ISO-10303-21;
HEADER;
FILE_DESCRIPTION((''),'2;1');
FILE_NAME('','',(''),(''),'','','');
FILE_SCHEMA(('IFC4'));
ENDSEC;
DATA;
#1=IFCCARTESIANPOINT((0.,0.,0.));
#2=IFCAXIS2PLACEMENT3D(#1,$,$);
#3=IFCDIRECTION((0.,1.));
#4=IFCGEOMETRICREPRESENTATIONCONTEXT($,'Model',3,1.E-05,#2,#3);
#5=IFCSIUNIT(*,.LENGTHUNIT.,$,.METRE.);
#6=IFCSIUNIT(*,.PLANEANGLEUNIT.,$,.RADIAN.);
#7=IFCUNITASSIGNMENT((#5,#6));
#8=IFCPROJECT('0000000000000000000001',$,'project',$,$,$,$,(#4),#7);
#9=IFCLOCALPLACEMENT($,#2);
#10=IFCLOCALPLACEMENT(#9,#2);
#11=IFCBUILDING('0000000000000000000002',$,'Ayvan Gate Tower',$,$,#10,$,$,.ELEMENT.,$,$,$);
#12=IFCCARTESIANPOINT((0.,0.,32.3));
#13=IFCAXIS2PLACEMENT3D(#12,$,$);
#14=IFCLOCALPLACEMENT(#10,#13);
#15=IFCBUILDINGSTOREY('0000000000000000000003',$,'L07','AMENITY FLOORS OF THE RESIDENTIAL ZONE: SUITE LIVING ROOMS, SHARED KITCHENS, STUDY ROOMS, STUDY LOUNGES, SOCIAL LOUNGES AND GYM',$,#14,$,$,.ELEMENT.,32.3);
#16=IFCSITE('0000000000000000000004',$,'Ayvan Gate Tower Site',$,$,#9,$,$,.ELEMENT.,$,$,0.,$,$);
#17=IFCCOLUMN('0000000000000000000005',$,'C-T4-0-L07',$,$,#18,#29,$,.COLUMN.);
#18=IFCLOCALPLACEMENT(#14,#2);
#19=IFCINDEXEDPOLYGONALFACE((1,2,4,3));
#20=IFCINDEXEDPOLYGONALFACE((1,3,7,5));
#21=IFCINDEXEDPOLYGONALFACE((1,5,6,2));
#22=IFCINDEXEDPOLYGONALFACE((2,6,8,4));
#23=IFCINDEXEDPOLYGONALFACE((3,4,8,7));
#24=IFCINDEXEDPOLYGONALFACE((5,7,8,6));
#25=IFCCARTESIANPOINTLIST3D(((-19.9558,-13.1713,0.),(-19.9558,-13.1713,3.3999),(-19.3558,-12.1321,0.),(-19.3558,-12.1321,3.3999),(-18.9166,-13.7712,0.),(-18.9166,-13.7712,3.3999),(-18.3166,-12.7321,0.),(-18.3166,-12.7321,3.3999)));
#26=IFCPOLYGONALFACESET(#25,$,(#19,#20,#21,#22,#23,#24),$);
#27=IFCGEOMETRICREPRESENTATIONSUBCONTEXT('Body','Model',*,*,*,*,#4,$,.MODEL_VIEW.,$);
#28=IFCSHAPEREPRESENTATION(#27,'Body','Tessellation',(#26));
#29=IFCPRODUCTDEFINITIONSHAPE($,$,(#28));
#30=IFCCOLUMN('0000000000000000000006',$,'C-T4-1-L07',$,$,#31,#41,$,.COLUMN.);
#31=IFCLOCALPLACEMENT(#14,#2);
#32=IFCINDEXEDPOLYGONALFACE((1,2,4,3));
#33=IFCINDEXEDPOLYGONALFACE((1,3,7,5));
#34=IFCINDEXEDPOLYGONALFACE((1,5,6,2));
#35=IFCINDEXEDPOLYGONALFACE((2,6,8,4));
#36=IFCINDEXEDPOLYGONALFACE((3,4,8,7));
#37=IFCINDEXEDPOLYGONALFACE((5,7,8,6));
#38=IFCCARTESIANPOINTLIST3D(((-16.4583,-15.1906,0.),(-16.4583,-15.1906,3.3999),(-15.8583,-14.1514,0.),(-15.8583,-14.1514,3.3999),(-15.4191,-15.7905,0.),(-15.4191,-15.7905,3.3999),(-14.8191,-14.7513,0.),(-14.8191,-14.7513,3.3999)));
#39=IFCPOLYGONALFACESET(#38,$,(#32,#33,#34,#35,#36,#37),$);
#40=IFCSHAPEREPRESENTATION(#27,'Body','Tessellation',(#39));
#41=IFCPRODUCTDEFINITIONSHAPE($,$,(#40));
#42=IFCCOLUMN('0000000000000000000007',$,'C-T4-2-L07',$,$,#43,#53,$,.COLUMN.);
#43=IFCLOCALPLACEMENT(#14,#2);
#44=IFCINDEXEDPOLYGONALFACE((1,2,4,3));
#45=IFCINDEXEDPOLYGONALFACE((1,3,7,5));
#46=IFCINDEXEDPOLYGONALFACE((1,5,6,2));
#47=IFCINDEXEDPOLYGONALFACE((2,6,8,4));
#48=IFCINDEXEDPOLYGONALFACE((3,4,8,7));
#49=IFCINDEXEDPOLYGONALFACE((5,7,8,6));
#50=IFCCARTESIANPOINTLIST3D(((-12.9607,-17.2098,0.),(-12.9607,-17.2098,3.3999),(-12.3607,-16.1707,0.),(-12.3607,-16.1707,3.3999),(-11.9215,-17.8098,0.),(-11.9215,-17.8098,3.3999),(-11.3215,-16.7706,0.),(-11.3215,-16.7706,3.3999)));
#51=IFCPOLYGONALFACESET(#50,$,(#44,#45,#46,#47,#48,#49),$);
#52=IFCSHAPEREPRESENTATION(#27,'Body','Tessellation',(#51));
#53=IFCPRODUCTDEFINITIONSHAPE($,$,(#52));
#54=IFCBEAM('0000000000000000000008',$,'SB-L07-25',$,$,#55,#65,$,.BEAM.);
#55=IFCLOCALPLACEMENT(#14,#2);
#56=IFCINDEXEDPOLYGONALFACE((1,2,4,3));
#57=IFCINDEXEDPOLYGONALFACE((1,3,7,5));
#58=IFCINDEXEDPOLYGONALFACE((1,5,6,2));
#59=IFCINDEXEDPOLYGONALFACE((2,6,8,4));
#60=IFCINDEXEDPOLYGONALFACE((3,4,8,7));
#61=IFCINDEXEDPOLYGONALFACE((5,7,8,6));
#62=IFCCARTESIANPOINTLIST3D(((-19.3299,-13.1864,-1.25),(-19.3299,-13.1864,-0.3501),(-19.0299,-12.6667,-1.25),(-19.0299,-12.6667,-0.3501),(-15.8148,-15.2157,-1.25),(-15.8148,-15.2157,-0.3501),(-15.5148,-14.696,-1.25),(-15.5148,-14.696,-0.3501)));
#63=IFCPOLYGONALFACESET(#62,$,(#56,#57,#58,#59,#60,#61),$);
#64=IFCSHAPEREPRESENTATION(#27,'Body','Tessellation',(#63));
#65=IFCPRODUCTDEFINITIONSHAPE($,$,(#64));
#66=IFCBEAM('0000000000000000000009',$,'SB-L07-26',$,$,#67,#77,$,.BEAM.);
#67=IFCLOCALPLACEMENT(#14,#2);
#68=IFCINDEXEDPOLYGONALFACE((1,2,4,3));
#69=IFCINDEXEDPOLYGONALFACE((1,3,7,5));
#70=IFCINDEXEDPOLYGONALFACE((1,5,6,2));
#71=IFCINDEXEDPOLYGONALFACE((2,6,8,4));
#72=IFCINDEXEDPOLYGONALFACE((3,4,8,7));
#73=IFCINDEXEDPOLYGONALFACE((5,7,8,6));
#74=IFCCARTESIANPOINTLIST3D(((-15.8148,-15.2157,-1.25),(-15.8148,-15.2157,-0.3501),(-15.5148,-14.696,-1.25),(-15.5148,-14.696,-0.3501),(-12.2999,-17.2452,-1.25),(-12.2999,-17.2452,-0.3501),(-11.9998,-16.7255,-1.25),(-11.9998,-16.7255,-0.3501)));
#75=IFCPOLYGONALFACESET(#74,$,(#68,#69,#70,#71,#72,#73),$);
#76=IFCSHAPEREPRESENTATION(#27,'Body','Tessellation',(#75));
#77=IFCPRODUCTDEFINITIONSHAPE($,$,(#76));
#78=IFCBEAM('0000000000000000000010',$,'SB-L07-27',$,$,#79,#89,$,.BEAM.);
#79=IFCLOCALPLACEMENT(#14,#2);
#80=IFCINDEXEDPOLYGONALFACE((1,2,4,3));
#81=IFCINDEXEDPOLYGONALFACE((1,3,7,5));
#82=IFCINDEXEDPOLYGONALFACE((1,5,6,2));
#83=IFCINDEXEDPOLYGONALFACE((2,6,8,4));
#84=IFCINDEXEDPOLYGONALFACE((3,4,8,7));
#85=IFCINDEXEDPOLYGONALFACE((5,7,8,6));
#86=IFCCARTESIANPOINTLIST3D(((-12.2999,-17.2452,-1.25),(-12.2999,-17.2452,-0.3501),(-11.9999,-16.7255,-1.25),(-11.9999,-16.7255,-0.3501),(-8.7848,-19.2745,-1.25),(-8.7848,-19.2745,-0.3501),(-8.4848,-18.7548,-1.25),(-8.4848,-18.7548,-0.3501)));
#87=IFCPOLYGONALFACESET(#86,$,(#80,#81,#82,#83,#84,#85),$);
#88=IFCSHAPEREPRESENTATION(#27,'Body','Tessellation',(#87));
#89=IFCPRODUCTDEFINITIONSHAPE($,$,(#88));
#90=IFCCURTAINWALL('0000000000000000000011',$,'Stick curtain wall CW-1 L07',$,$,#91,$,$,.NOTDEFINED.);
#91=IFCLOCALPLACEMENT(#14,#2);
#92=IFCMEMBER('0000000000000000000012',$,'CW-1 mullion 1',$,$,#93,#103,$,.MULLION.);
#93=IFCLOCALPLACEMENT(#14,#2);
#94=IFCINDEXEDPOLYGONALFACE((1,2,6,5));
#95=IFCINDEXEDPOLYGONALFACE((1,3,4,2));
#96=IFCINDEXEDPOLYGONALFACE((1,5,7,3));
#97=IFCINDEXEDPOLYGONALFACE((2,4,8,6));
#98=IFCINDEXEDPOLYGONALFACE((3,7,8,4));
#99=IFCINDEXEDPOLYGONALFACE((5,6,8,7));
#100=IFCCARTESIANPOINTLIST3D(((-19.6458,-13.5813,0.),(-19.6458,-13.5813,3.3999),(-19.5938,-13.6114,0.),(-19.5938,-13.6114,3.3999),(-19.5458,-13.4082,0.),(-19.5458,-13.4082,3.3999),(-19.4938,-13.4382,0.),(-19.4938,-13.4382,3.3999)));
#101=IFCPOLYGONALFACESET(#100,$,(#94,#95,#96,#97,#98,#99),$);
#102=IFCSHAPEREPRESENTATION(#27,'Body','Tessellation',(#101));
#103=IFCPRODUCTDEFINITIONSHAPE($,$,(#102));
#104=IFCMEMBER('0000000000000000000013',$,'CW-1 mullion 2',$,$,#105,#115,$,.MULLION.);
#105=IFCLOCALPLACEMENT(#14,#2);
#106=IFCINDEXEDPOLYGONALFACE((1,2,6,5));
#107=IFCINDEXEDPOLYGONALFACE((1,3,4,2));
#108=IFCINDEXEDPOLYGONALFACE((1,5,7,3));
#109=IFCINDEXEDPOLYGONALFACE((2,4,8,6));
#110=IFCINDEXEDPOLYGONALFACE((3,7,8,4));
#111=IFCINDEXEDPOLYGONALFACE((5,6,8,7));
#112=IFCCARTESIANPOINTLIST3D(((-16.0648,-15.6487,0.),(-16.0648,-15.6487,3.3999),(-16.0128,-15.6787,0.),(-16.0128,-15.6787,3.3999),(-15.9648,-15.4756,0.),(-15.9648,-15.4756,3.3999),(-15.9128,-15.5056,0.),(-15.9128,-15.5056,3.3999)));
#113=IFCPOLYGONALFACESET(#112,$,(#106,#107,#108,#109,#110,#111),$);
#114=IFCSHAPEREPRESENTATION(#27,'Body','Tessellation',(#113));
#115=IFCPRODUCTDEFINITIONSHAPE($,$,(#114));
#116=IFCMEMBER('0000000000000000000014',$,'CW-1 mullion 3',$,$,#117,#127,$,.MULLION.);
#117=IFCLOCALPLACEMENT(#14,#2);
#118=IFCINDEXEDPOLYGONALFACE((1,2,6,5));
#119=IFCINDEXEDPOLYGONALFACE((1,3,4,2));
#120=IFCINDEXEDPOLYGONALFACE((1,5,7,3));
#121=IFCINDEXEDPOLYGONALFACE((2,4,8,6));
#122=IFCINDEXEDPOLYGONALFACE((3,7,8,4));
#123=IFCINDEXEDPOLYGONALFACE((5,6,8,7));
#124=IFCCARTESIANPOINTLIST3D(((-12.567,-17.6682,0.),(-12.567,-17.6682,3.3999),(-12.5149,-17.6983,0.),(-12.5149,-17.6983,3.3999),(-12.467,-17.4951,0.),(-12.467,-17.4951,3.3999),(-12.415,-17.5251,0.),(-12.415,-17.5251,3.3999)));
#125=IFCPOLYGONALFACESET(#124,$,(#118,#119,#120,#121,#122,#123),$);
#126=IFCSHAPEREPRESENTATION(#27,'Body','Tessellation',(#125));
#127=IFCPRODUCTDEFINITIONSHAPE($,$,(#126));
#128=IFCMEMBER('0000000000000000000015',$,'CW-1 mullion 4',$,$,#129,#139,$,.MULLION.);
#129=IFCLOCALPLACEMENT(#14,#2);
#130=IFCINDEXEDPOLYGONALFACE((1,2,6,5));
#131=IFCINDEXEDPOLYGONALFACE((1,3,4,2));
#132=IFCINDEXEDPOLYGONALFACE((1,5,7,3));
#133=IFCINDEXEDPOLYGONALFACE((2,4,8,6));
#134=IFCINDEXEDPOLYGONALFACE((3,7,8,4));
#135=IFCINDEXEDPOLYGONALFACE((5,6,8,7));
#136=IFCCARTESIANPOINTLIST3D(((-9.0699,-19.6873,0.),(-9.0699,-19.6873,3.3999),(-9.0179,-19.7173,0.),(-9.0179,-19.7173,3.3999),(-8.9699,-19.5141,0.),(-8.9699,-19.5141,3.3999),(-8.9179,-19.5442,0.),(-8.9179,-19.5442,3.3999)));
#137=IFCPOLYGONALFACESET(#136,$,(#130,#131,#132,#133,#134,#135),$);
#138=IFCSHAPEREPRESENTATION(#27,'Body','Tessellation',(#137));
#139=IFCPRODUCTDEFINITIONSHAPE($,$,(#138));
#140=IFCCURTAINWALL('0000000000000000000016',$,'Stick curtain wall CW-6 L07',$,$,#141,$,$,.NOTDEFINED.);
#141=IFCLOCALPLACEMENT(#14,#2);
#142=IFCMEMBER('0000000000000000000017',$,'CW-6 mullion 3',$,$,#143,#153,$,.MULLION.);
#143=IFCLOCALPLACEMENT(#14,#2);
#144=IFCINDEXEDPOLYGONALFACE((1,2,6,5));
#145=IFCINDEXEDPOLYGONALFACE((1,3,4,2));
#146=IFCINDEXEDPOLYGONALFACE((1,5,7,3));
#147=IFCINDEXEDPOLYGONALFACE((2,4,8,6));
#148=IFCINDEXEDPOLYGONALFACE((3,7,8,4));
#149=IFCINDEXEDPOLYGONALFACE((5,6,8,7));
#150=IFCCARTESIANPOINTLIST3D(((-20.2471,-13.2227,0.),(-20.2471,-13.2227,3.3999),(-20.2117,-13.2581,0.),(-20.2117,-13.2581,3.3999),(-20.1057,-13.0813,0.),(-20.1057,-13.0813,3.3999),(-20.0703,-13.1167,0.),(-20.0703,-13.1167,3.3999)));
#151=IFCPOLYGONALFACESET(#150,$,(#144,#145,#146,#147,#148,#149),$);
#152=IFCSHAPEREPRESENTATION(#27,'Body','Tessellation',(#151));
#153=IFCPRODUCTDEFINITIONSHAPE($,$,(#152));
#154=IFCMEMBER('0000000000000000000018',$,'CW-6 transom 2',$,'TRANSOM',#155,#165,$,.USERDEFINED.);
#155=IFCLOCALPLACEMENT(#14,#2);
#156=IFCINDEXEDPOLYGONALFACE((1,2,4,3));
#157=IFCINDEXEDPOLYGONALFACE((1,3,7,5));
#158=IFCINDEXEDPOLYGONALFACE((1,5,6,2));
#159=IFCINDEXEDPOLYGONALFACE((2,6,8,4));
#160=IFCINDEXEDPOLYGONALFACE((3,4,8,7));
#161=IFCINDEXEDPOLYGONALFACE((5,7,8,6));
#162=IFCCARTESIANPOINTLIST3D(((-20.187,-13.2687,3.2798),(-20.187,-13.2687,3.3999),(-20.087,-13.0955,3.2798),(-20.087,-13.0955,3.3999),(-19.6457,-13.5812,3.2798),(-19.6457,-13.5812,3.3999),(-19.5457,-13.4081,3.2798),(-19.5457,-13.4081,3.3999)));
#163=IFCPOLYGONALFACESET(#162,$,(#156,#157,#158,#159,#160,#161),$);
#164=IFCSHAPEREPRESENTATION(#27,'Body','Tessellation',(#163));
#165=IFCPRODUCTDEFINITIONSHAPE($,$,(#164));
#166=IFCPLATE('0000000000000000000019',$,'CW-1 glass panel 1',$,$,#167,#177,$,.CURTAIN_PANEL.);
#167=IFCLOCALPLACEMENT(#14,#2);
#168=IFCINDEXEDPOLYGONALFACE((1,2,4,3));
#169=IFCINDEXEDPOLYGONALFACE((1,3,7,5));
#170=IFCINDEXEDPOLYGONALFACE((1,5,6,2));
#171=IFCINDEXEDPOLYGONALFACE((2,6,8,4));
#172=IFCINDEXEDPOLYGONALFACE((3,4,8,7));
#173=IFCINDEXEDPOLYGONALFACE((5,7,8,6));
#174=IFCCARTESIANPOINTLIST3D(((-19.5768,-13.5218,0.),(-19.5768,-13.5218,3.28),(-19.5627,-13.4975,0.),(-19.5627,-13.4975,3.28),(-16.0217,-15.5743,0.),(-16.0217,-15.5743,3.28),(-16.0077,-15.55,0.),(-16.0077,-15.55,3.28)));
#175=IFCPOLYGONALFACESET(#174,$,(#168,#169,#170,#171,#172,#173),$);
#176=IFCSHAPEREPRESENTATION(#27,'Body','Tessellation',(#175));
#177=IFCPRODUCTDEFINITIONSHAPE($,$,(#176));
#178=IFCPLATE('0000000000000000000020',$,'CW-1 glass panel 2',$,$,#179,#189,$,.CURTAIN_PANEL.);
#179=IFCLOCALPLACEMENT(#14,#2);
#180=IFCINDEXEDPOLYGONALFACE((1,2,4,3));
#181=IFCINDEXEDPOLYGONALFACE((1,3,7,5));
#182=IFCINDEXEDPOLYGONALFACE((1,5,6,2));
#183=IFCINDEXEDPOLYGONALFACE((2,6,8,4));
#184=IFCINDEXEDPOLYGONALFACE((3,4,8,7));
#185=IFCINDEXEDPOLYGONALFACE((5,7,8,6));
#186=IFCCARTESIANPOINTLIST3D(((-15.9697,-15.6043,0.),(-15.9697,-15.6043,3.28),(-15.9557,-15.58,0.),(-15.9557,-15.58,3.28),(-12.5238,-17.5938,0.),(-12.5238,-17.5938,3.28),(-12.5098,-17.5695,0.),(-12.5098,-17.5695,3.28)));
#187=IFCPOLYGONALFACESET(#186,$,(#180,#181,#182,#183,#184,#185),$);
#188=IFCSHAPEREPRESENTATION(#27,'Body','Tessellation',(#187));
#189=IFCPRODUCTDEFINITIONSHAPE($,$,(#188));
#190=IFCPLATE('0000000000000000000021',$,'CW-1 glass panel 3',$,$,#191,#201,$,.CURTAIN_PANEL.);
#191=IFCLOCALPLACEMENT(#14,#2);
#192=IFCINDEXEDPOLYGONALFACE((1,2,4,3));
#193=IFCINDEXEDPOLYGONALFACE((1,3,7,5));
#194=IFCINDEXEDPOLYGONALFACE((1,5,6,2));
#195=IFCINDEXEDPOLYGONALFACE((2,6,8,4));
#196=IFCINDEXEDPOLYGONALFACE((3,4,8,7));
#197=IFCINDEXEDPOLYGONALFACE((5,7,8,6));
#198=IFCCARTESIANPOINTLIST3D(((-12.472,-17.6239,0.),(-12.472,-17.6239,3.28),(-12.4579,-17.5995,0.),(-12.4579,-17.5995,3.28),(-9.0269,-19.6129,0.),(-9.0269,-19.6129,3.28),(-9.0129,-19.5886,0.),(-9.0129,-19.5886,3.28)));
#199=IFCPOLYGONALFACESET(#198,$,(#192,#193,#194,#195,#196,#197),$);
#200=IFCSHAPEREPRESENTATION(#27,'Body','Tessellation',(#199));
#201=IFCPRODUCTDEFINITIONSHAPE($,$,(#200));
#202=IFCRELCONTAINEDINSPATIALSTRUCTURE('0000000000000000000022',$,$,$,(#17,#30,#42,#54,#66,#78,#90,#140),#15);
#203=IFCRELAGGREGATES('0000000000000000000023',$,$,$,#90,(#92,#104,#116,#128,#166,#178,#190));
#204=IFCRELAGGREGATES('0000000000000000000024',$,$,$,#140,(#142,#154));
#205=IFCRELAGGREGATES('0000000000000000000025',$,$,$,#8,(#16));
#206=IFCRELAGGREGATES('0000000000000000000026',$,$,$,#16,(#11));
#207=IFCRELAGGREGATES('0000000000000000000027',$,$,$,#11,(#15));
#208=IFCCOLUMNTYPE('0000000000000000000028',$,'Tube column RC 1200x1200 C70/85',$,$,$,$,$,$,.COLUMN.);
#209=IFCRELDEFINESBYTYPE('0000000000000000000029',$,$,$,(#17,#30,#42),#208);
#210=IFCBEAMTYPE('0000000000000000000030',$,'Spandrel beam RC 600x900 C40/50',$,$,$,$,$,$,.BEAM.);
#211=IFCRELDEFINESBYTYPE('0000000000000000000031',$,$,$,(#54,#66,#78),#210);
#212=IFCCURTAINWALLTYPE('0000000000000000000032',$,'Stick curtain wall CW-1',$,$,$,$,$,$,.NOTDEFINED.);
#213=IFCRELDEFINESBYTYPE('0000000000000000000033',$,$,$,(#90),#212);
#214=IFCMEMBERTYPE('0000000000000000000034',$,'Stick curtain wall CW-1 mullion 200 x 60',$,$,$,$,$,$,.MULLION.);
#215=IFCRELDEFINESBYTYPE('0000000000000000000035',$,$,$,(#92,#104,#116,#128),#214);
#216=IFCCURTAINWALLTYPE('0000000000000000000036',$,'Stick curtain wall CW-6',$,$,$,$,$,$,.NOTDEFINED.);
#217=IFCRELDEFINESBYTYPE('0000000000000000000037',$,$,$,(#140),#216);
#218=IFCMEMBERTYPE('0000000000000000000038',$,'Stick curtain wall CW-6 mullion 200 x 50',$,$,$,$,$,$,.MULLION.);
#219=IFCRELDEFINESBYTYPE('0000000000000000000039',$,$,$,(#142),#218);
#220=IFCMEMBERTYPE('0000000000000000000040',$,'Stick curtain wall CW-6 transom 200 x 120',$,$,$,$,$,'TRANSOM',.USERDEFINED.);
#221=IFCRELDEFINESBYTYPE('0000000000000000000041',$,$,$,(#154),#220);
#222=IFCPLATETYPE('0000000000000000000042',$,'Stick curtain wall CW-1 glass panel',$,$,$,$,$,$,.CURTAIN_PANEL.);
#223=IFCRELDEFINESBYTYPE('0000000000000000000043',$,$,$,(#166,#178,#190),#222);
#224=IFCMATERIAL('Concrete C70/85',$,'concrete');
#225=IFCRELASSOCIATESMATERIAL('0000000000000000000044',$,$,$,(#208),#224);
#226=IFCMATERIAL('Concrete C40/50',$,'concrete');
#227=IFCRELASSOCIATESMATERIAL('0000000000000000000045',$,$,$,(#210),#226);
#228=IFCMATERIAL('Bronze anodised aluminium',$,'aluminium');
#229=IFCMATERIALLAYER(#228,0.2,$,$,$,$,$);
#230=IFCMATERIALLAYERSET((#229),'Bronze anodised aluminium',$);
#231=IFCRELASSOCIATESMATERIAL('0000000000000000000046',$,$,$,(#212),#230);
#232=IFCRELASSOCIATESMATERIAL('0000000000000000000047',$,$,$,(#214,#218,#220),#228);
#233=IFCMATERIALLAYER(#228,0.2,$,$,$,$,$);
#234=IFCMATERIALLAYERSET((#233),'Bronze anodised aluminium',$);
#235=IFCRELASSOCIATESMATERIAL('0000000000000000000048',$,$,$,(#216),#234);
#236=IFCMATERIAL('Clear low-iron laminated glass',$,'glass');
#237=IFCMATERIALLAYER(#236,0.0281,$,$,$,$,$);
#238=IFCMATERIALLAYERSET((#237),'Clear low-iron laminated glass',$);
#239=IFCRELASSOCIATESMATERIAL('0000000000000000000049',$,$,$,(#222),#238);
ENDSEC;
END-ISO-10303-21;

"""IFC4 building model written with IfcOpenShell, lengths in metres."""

from ifc_helpers import new_model, si_unit, direction, frame, origin, origin_2d, place, context, subcontext, project, spatial, rectangle, extrude, material, layer, layer_set, material_profile, profile_set, type_object, element, aggregate, save


model = new_model("IFC4")

# Units and contexts
model_context = context("Model", 3, precision=1e-05, world=origin(), true_north=direction((0.0, 1.0)))
body_context = subcontext(model_context, "Body", "Model", "MODEL_VIEW")
ifc_project = project(units=[si_unit("LENGTHUNIT", "METRE"), si_unit("PLANEANGLEUNIT", "RADIAN")], contexts=[model_context])

# Site, building, storey
site_placement = place(None, origin())
site = spatial("IfcSite", under=ifc_project, at=site_placement, Name="Ayvan Gate Tower Site", CompositionType="ELEMENT", RefElevation=0.0)
building_placement = place(site_placement, origin())
building = spatial("IfcBuilding", under=site, at=building_placement, Name="Ayvan Gate Tower", CompositionType="ELEMENT")
storey_placement = place(building_placement, frame((0.0, 0.0, 32.3)))
storey = spatial("IfcBuildingStorey", under=building, at=storey_placement, Name="L07", Description="AMENITY FLOORS OF THE RESIDENTIAL ZONE: SUITE LIVING ROOMS, SHARED KITCHENS, STUDY ROOMS, STUDY LOUNGES, SOCIAL LOUNGES AND GYM", CompositionType="ELEMENT", Elevation=32.3)

# Columns
ifc_material_1 = material(Name="Concrete C70/85", Category="concrete")
ifc_material_profile_1 = material_profile(ifc_material_1, rectangle(XDim=1.2, YDim=1.2, at=origin_2d()), Name="RC 1200x1200")
ifc_profile_set_1 = profile_set([ifc_material_profile_1], Name="Concrete C70/85")
column_type = type_object("IfcColumnType", Name="Tube column RC 1200x1200 C70/85", PredefinedType="COLUMN", material=ifc_profile_set_1)
for number, where, z_axis, x_axis, name in (
    (1, (-19.1362, -12.9517, 0.0), (0.0, 0.0, 1.0), (-0.5, -0.866025, 0.0), "C-T4-0-L07"),
    (2, (-15.6387, -14.9709, 0.0), (0.0, 0.0, 1.0), (-0.5, -0.866025, 0.0), "C-T4-1-L07"),
    (3, (-12.1411, -16.9902, 0.0), (0.0, 0.0, 1.0), (-0.5, -0.866025, 0.0), "C-T4-2-L07"),
):
    element("IfcColumn", number, at=place(storey_placement, frame(where, z_axis=z_axis, x_axis=x_axis)), inside=storey, type_object=column_type, Name=name, PredefinedType="COLUMN", context=body_context, shape_type="SweptSolid", body=[
        extrude(rectangle(XDim=1.2, YDim=1.2, at=origin_2d()), origin(), (0.0, 0.0, 1.0), 3.3999),
    ])

# Beams
ifc_material_2 = material(Name="Concrete C40/50", Category="concrete")
ifc_material_profile_2 = material_profile(ifc_material_2, rectangle(XDim=0.6001, YDim=0.8999, at=origin_2d()), Name="RC 600x900")
ifc_profile_set_2 = profile_set([ifc_material_profile_2], Name="Concrete C40/50")
beam_type = type_object("IfcBeamType", Name="Spandrel beam RC 600x900 C40/50", PredefinedType="BEAM", material=ifc_profile_set_2)
for number, where, z_axis, x_axis, name in (
    (4, (-19.1799, -12.9265, -0.8), (0.866043, -0.499969, 0.0), (0.499969, 0.866043, 0.0), "SB-L07-25"),
    (5, (-15.6648, -14.9558, -0.8), (0.866002, -0.50004, 0.0), (0.50004, 0.866002, 0.0), "SB-L07-26"),
    (6, (-12.1499, -16.9854, -0.8), (0.866043, -0.499969, 0.0), (0.499969, 0.866043, 0.0), "SB-L07-27"),
):
    element("IfcBeam", number, at=place(storey_placement, frame(where, z_axis=z_axis, x_axis=x_axis)), inside=storey, type_object=beam_type, Name=name, PredefinedType="BEAM", context=body_context, shape_type="SweptSolid", body=[
        extrude(rectangle(XDim=0.6001, YDim=0.8999, at=origin_2d()), origin(), (0.0, 0.0, 1.0), 4.0588),
    ])

# Curtain walls, members
ifc_material_3 = material(Name="Bronze anodised aluminium", Category="aluminium")
ifc_layer_1 = layer(ifc_material_3, 0.2)
ifc_layer_set_1 = layer_set([ifc_layer_1], Name="Bronze anodised aluminium")
curtain_wall_type_1 = type_object("IfcCurtainWallType", Name="Stick curtain wall CW-1", PredefinedType="NOTDEFINED", material=ifc_layer_set_1)
curtain_wall_1_placement = place(storey_placement, origin())
curtain_wall_1 = element("IfcCurtainWall", 7, at=curtain_wall_1_placement, inside=storey, type_object=curtain_wall_type_1, Name="Stick curtain wall CW-1 L07", PredefinedType="NOTDEFINED")
ifc_material_profile_3 = material_profile(ifc_material_3, rectangle(XDim=0.2, YDim=0.0601, at=origin_2d()), Name="Stick curtain wall CW-1 mullion 200 x 60")
ifc_profile_set_3 = profile_set([ifc_material_profile_3], Name="Bronze anodised aluminium")
member_type_1 = type_object("IfcMemberType", Name="Stick curtain wall CW-1 mullion 200 x 60", PredefinedType="MULLION", material=ifc_profile_set_3)
member_1_placement = place(storey_placement, frame((-19.5698, -13.5098, 0.0), z_axis=(0.0, 0.0, 1.0), x_axis=(-0.5, -0.866025, 0.0)))
member_1 = element("IfcMember", 8, at=member_1_placement, type_object=member_type_1, Name="CW-1 mullion 1", PredefinedType="MULLION", context=body_context, shape_type="SweptSolid", body=[
    extrude(rectangle(XDim=0.2, YDim=0.0601, at=origin_2d()), origin(), (0.0, 0.0, 1.0), 3.3999),
])
member_2_placement = place(storey_placement, frame((-15.9888, -15.5771, 0.0), z_axis=(0.0, 0.0, 1.0), x_axis=(-0.5, -0.866025, 0.0)))
member_2 = element("IfcMember", 9, at=member_2_placement, type_object=member_type_1, Name="CW-1 mullion 2", PredefinedType="MULLION", context=body_context, shape_type="SweptSolid", body=[
    extrude(rectangle(XDim=0.2, YDim=0.0601, at=origin_2d()), origin(), (0.0, 0.0, 1.0), 3.3999),
])
member_3_placement = place(storey_placement, frame((-12.491, -17.5967, 0.0), z_axis=(0.0, 0.0, 1.0), x_axis=(-0.5, -0.866025, 0.0)))
member_3 = element("IfcMember", 10, at=member_3_placement, type_object=member_type_1, Name="CW-1 mullion 3", PredefinedType="MULLION", context=body_context, shape_type="SweptSolid", body=[
    extrude(rectangle(XDim=0.2, YDim=0.0601, at=origin_2d()), origin(), (0.0, 0.0, 1.0), 3.3999),
])
member_4_placement = place(storey_placement, frame((-8.9939, -19.6157, 0.0), z_axis=(0.0, 0.0, 1.0), x_axis=(-0.5, -0.866025, 0.0)))
member_4 = element("IfcMember", 11, at=member_4_placement, type_object=member_type_1, Name="CW-1 mullion 4", PredefinedType="MULLION", context=body_context, shape_type="SweptSolid", body=[
    extrude(rectangle(XDim=0.2, YDim=0.0601, at=origin_2d()), origin(), (0.0, 0.0, 1.0), 3.3999),
])
ifc_layer_2 = layer(ifc_material_3, 0.2)
ifc_layer_set_2 = layer_set([ifc_layer_2], Name="Bronze anodised aluminium")
curtain_wall_type_2 = type_object("IfcCurtainWallType", Name="Stick curtain wall CW-6", PredefinedType="NOTDEFINED", material=ifc_layer_set_2)
curtain_wall_2_placement = place(storey_placement, origin())
curtain_wall_2 = element("IfcCurtainWall", 12, at=curtain_wall_2_placement, inside=storey, type_object=curtain_wall_type_2, Name="Stick curtain wall CW-6 L07", PredefinedType="NOTDEFINED")
ifc_material_profile_4 = material_profile(ifc_material_3, rectangle(XDim=0.2, YDim=0.05, at=origin_2d()), Name="Stick curtain wall CW-6 mullion 200 x 50")
ifc_profile_set_4 = profile_set([ifc_material_profile_4], Name="Bronze anodised aluminium")
member_type_2 = type_object("IfcMemberType", Name="Stick curtain wall CW-6 mullion 200 x 50", PredefinedType="MULLION", material=ifc_profile_set_4)
member_5_placement = place(storey_placement, frame((-20.1587, -13.1697, 0.0), z_axis=(0.0, 0.0, 1.0), x_axis=(-0.707107, -0.707107, 0.0)))
member_5 = element("IfcMember", 13, at=member_5_placement, type_object=member_type_2, Name="CW-6 mullion 3", PredefinedType="MULLION", context=body_context, shape_type="SweptSolid", body=[
    extrude(rectangle(XDim=0.2, YDim=0.05, at=origin_2d()), origin(), (0.0, 0.0, 1.0), 3.3999),
])
ifc_material_profile_5 = material_profile(ifc_material_3, rectangle(XDim=0.2, YDim=0.1201, at=origin_2d()), Name="Stick curtain wall CW-6 transom 200 x 120")
ifc_profile_set_5 = profile_set([ifc_material_profile_5], Name="Bronze anodised aluminium")
member_type_3 = type_object("IfcMemberType", Name="Stick curtain wall CW-6 transom 200 x 120", ElementType="TRANSOM", PredefinedType="USERDEFINED", material=ifc_profile_set_5)
member_6_placement = place(storey_placement, frame((-20.137, -13.1821, 3.3398), z_axis=(0.866023, -0.500004, 0.0), x_axis=(0.500004, 0.866023, 0.0)))
member_6 = element("IfcMember", 14, at=member_6_placement, type_object=member_type_3, Name="CW-6 transom 2", ObjectType="TRANSOM", PredefinedType="USERDEFINED", context=body_context, shape_type="SweptSolid", body=[
    extrude(rectangle(XDim=0.2, YDim=0.1201, at=origin_2d()), origin(), (0.0, 0.0, 1.0), 0.625),
])

# Plates
ifc_material_4 = material(Name="Clear low-iron laminated glass", Category="glass")
ifc_layer_3 = layer(ifc_material_4, 0.0281)
ifc_layer_set_3 = layer_set([ifc_layer_3], Name="Clear low-iron laminated glass")
plate_type_1 = type_object("IfcPlateType", Name="Stick curtain wall CW-1 glass panel", PredefinedType="CURTAIN_PANEL", material=ifc_layer_set_3)
plate_1_placement = place(storey_placement, frame((-17.7922, -14.5359, 0.0), z_axis=(0.0, 0.0, 1.0), x_axis=(0.866025, -0.5, 0.0)))
plate_1 = element("IfcPlate", 15, at=plate_1_placement, type_object=plate_type_1, Name="CW-1 glass panel 1", PredefinedType="CURTAIN_PANEL", context=body_context, shape_type="SweptSolid", body=[
    extrude(rectangle(XDim=4.105, YDim=0.0281, at=origin_2d()), origin(), (0.0, 0.0, 1.0), 3.28),
])
plate_2_placement = place(storey_placement, frame((-14.2397, -16.5869, 0.0), z_axis=(0.0, 0.0, 1.0), x_axis=(0.866025, -0.5, 0.0)))
plate_2 = element("IfcPlate", 16, at=plate_2_placement, type_object=plate_type_1, Name="CW-1 glass panel 2", PredefinedType="CURTAIN_PANEL", context=body_context, shape_type="SweptSolid", body=[
    extrude(rectangle(XDim=3.979, YDim=0.0281, at=origin_2d()), origin(), (0.0, 0.0, 1.0), 3.28),
])
plate_3_placement = place(storey_placement, frame((-10.7424, -18.6062, 0.0), z_axis=(0.0, 0.0, 1.0), x_axis=(0.866025, -0.5, 0.0)))
plate_3 = element("IfcPlate", 17, at=plate_3_placement, type_object=plate_type_1, Name="CW-1 glass panel 3", PredefinedType="CURTAIN_PANEL", context=body_context, shape_type="SweptSolid", body=[
    extrude(rectangle(XDim=3.978, YDim=0.0281, at=origin_2d()), origin(), (0.0, 0.0, 1.0), 3.28),
])
aggregate(curtain_wall_1, [member_1, member_2, member_3, member_4, plate_1, plate_2, plate_3])
aggregate(curtain_wall_2, [member_5, member_6])

save(model, "model.ifc")
